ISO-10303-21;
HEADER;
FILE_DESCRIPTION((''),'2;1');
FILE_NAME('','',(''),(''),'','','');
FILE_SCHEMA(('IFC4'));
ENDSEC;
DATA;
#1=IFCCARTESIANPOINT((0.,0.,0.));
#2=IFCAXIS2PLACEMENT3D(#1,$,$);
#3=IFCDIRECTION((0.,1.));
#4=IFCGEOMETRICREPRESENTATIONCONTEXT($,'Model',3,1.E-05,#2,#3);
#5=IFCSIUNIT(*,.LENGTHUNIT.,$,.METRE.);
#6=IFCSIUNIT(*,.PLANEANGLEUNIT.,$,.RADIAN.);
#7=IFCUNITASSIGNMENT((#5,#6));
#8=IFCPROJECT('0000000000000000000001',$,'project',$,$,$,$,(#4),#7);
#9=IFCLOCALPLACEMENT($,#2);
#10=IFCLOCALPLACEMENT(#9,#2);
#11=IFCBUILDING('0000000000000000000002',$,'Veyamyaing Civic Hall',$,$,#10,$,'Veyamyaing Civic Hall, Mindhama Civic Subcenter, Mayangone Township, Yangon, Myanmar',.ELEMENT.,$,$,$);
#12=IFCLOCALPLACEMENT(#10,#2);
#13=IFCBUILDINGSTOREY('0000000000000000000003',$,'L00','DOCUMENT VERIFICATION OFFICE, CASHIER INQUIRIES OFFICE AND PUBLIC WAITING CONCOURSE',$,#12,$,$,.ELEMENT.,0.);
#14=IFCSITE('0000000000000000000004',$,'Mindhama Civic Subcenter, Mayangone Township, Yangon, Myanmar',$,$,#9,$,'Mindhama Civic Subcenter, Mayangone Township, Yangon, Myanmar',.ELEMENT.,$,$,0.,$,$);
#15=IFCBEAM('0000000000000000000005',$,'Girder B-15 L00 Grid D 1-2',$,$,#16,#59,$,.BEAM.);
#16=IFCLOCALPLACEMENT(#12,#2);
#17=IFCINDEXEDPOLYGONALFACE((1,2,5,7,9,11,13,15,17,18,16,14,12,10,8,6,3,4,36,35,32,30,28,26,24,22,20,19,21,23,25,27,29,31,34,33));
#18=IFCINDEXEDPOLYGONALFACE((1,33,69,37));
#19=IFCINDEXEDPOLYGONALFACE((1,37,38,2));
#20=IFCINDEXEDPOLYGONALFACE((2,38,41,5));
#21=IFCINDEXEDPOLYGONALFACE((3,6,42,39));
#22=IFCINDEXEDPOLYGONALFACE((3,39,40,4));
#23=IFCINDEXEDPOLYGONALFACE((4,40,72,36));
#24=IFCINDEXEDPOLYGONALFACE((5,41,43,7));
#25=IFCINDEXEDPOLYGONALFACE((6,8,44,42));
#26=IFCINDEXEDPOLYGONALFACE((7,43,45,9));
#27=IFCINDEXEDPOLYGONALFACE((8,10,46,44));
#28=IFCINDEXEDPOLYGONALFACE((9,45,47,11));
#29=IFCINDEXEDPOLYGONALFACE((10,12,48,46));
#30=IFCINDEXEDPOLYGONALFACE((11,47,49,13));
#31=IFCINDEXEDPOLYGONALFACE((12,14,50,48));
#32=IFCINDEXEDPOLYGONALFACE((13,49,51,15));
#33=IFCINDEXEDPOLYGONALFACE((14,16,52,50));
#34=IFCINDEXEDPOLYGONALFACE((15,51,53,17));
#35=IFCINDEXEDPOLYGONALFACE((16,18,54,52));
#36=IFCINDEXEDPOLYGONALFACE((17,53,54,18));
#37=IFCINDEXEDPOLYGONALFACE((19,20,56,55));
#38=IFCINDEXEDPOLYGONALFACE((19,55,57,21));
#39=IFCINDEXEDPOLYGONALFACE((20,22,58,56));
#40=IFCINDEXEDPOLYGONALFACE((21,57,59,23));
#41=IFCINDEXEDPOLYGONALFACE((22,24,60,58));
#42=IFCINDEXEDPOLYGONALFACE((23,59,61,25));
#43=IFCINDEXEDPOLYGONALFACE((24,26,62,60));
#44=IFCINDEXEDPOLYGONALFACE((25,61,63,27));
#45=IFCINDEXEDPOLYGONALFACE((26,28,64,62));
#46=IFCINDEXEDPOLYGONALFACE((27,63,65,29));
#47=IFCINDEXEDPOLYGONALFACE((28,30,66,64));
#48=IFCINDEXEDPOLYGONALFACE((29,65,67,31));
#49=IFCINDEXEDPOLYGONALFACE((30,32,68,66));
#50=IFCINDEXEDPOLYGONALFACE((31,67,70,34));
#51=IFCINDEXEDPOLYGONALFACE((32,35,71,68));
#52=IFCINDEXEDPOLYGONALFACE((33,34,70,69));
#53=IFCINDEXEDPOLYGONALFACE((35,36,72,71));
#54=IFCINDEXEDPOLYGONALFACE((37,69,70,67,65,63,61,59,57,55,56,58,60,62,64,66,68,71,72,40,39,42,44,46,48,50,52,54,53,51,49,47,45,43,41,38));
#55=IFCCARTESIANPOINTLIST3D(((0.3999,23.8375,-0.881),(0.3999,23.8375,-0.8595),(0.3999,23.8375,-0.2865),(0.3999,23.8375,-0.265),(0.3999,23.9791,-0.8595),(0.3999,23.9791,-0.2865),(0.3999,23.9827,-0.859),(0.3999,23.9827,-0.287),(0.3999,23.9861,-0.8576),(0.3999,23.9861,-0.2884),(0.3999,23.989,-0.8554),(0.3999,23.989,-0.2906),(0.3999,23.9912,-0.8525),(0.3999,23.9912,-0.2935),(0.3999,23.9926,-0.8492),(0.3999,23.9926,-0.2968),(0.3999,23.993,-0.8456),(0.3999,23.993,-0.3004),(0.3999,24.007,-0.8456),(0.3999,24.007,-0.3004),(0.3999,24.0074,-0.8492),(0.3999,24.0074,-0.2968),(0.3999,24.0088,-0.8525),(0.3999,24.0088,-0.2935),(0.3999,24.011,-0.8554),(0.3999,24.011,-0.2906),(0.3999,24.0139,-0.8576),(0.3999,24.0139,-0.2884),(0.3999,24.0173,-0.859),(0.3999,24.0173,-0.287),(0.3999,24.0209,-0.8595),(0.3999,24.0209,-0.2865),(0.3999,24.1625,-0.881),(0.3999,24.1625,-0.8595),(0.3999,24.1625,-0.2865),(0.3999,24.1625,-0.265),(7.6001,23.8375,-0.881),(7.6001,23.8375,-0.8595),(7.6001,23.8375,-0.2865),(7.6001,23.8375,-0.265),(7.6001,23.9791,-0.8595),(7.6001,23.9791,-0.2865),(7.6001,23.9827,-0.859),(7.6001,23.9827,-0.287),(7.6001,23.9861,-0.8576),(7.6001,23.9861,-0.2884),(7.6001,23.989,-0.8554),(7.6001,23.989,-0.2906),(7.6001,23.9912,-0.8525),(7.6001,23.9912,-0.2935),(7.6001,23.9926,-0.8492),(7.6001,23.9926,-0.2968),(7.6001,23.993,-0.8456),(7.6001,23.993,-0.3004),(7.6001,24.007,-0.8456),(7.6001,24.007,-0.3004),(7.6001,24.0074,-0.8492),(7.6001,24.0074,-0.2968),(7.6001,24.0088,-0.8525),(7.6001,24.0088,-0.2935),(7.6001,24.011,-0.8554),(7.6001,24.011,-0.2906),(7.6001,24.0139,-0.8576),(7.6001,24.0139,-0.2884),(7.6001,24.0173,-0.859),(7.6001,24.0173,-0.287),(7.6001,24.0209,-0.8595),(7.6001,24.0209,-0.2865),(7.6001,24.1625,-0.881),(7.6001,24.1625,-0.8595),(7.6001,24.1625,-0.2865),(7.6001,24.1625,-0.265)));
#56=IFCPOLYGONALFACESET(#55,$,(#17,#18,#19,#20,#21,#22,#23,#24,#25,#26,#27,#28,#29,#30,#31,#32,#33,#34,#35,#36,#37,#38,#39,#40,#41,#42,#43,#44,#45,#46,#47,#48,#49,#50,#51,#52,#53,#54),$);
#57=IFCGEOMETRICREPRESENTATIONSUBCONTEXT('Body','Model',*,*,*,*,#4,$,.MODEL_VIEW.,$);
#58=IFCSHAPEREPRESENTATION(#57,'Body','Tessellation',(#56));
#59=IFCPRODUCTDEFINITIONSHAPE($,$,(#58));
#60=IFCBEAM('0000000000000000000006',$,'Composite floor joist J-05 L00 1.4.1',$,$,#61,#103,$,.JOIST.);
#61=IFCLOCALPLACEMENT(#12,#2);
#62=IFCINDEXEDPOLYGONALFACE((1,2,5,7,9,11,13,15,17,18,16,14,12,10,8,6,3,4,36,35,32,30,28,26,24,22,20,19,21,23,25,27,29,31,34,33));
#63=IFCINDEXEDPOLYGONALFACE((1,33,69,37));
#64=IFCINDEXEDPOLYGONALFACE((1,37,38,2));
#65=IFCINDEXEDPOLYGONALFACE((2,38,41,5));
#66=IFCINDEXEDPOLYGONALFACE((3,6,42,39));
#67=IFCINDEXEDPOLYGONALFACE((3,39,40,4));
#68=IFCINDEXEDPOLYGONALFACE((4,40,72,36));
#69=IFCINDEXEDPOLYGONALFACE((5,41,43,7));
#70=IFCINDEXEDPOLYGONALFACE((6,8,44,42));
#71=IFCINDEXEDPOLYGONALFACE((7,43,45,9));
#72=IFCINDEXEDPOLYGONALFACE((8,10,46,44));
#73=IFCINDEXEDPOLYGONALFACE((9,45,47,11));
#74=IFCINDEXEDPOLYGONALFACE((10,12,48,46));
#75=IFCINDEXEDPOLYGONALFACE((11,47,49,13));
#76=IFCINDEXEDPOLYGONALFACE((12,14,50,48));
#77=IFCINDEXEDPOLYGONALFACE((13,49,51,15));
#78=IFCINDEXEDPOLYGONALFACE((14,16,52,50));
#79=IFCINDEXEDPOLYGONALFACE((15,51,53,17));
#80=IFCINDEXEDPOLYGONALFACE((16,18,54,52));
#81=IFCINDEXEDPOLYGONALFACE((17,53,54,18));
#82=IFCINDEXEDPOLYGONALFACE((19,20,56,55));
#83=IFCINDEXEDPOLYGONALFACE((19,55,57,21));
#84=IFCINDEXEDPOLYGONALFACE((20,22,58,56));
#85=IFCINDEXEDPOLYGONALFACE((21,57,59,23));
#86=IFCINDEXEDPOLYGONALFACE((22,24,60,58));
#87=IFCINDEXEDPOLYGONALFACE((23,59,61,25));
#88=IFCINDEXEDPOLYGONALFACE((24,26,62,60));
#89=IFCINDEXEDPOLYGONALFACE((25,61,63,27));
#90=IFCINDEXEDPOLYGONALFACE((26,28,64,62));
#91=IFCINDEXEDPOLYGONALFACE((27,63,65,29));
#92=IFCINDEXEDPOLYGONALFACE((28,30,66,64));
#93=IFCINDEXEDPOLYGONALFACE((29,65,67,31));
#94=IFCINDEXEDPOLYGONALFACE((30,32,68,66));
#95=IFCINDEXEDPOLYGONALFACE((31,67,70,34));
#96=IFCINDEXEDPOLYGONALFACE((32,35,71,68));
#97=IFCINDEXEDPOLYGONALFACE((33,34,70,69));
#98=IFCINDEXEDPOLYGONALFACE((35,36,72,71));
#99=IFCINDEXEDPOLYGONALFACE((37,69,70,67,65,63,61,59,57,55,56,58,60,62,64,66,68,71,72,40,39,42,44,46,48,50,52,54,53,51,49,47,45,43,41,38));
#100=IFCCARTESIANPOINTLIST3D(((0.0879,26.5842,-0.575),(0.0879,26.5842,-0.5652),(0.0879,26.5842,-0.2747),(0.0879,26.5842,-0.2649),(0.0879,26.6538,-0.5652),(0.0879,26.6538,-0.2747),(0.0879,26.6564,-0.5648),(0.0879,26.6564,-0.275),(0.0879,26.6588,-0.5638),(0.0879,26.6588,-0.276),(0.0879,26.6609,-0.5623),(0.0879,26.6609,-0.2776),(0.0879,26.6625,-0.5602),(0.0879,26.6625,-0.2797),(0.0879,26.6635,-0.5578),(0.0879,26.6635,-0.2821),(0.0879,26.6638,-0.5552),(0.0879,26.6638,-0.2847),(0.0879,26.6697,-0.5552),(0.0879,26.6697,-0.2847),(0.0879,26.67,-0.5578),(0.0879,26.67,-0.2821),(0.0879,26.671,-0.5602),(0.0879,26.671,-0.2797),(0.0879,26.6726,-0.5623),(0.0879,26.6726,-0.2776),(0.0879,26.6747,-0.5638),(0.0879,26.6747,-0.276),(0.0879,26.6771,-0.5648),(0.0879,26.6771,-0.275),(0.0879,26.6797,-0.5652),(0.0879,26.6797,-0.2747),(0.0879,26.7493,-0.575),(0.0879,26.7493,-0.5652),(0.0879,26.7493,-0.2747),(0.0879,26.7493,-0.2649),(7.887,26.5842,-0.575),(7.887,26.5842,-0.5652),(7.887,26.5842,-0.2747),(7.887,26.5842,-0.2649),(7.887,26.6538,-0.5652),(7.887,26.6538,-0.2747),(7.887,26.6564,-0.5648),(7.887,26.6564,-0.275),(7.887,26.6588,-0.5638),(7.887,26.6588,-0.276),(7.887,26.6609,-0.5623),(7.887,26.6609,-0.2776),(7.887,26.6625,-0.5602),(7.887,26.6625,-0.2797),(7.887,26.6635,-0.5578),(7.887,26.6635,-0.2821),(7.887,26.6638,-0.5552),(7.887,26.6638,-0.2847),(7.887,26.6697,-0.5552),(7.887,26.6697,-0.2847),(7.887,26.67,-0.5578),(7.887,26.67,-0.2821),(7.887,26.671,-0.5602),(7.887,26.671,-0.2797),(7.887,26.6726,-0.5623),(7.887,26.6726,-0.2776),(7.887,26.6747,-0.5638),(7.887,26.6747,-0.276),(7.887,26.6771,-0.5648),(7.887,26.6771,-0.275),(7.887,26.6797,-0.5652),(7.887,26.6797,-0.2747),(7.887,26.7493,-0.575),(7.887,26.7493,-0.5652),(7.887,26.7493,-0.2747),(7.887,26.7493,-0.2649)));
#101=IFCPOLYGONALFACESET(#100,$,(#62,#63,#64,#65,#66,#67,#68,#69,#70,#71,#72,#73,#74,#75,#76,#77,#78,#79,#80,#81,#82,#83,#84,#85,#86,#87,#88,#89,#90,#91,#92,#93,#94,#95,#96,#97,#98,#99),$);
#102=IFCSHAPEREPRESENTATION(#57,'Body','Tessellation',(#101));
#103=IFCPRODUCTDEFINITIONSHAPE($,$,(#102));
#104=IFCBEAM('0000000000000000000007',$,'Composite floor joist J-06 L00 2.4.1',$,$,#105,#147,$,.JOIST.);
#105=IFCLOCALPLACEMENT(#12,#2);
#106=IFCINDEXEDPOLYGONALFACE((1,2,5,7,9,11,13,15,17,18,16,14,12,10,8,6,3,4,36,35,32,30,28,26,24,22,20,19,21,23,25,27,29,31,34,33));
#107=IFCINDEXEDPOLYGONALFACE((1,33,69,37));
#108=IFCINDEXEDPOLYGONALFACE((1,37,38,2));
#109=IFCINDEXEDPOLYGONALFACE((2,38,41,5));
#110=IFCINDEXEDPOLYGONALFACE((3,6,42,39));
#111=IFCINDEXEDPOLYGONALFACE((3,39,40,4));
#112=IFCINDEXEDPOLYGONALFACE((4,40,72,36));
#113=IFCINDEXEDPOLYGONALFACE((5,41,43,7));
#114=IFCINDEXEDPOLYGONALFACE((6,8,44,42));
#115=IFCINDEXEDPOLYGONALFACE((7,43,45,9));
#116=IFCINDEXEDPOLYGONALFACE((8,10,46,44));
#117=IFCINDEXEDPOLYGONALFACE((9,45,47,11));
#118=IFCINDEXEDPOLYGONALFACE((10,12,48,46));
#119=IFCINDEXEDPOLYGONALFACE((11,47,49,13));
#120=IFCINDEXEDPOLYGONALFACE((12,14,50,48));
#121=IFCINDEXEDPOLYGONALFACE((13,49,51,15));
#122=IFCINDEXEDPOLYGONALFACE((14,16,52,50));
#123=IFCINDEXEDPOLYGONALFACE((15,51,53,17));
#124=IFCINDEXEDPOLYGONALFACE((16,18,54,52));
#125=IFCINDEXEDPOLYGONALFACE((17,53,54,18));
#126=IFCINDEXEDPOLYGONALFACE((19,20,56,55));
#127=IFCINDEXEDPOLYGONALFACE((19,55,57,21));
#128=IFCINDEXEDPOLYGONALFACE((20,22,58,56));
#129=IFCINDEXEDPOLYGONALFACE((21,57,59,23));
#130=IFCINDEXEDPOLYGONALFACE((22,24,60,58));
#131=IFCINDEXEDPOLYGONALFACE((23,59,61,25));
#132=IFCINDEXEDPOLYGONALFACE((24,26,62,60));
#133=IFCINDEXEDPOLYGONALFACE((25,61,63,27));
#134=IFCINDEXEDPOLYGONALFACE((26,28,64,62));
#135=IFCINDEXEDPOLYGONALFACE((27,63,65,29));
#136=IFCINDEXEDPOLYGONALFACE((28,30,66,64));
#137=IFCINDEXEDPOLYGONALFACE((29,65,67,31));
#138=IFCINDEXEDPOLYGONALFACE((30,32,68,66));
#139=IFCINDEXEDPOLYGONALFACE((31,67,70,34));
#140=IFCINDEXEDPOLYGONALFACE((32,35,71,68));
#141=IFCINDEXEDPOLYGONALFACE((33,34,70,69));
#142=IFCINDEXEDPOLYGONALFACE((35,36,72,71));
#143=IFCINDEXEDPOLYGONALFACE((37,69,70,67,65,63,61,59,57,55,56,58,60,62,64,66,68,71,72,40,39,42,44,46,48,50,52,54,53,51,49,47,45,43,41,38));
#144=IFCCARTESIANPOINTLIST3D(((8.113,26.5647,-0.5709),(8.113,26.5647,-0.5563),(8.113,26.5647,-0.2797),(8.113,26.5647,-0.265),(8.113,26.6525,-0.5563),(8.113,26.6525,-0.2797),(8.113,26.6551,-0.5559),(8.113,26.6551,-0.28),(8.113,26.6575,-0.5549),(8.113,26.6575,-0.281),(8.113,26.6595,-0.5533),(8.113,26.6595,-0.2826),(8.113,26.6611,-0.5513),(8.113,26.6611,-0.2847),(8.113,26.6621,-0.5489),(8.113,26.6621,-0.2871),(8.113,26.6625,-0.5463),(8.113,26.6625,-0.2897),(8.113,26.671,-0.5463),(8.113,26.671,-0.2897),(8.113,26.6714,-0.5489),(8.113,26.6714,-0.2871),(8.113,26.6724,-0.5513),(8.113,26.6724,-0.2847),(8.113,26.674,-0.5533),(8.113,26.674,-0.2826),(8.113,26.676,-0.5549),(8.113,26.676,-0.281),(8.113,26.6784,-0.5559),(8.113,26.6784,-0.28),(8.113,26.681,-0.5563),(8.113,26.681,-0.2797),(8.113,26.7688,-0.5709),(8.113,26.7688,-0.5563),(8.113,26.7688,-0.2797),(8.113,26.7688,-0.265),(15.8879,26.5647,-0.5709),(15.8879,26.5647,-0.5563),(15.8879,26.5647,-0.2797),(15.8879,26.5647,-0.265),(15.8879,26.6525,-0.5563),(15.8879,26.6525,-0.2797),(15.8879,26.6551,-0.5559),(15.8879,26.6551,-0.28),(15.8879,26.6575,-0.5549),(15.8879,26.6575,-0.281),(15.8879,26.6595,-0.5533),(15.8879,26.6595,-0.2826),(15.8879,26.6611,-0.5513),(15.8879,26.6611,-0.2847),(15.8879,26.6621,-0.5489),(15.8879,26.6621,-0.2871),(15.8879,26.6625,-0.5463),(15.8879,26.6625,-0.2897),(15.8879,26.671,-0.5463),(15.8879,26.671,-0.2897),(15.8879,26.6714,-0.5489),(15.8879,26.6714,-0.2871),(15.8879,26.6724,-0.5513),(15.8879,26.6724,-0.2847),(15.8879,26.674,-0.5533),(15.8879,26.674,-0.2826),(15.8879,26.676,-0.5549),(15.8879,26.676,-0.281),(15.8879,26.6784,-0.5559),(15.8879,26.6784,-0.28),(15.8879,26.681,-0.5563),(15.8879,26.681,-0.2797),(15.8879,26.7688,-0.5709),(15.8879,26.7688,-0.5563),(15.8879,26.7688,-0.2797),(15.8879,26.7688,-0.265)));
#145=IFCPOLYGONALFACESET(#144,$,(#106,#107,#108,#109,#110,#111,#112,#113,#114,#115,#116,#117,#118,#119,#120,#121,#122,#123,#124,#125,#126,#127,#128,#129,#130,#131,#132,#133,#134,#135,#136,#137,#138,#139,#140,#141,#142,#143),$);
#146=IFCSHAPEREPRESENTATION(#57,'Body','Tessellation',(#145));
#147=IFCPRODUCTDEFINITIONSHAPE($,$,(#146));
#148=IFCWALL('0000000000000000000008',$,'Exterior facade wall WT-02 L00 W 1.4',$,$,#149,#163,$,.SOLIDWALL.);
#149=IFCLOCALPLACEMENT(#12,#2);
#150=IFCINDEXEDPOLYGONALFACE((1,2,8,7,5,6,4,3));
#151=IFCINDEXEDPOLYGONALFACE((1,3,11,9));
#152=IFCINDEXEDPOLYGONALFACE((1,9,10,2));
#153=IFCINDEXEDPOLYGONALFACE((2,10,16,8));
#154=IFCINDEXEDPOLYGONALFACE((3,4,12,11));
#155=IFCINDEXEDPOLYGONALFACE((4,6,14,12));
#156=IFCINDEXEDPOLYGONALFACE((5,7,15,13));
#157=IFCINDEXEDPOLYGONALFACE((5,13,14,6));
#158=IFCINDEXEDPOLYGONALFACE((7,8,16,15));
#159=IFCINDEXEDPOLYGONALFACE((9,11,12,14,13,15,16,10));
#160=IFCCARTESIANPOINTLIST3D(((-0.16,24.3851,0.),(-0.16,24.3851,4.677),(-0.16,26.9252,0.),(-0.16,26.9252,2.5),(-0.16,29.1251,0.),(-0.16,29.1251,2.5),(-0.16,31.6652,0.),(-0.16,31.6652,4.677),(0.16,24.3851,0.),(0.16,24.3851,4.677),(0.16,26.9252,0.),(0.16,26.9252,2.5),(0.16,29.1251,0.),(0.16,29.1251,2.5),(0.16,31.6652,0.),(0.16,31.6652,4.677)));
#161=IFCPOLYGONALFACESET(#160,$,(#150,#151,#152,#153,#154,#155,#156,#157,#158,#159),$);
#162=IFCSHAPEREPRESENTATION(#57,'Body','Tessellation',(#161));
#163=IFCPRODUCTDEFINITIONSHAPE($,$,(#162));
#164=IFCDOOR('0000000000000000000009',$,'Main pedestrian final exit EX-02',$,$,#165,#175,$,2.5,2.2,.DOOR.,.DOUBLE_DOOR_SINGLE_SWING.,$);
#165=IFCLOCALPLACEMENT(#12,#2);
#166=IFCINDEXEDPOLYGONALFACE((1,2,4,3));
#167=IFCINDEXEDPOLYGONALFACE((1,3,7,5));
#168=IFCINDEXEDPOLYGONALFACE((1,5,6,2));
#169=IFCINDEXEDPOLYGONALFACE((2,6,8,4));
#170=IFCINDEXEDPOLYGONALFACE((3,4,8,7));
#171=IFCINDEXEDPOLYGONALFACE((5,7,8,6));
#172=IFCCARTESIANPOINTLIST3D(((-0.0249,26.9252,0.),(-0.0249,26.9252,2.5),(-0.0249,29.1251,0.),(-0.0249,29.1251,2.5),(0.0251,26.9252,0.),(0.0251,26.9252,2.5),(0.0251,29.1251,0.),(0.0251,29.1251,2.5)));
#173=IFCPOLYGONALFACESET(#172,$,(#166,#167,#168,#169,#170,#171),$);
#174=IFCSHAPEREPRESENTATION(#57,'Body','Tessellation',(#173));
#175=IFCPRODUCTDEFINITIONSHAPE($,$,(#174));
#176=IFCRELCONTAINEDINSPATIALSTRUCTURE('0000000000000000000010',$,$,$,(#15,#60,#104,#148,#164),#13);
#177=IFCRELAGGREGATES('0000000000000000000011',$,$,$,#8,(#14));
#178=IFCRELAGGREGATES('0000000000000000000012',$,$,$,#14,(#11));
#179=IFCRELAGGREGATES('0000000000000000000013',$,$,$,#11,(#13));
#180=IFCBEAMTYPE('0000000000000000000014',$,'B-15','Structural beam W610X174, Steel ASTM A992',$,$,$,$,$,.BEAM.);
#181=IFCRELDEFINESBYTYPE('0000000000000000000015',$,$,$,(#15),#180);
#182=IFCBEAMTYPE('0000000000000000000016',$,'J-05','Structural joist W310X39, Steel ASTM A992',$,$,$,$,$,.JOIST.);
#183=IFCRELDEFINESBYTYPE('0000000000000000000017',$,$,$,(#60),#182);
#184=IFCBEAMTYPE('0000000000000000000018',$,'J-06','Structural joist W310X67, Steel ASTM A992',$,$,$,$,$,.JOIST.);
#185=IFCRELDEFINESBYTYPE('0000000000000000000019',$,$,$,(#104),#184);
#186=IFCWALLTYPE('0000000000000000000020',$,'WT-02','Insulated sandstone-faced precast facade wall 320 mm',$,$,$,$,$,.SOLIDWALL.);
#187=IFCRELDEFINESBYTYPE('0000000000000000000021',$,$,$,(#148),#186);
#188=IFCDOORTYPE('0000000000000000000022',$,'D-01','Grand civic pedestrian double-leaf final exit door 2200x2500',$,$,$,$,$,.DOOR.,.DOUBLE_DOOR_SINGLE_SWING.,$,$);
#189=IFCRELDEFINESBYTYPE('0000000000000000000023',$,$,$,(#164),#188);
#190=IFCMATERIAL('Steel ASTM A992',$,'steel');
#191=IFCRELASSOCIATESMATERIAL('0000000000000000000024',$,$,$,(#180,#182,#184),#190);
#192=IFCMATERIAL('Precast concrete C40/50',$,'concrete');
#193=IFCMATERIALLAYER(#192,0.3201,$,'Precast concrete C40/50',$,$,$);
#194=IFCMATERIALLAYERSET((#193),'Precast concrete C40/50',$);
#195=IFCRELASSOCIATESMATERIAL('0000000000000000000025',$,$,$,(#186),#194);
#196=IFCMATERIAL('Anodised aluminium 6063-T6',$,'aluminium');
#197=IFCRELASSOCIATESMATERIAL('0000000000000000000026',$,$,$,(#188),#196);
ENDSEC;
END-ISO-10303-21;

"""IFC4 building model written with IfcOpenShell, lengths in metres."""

from ifc_helpers import new_model, si_unit, direction, frame, frame_2d, origin, origin_2d, place, context, subcontext, project, spatial, rectangle, i_section, extrude, material, layer, layer_set, material_profile, profile_set, type_object, element, fill, save


model = new_model("IFC4")

# Units and contexts
model_context = context("Model", 3, precision=1e-05, world=origin(), true_north=direction((0.0, 1.0)))
body_context = subcontext(model_context, "Body", "Model", "MODEL_VIEW")
ifc_project = project(units=[si_unit("LENGTHUNIT", "METRE"), si_unit("PLANEANGLEUNIT", "RADIAN")], contexts=[model_context])

# Site, building, storey
site_placement = place(None, origin())
site = spatial("IfcSite", under=ifc_project, at=site_placement, Name="Mindhama Civic Subcenter, Mayangone Township, Yangon, Myanmar", LongName="Mindhama Civic Subcenter, Mayangone Township, Yangon, Myanmar", CompositionType="ELEMENT", RefElevation=0.0)
building_placement = place(site_placement, origin())
building = spatial("IfcBuilding", under=site, at=building_placement, Name="Veyamyaing Civic Hall", LongName="Veyamyaing Civic Hall, Mindhama Civic Subcenter, Mayangone Township, Yangon, Myanmar", CompositionType="ELEMENT")
storey_placement = place(building_placement, origin())
storey = spatial("IfcBuildingStorey", under=building, at=storey_placement, Name="L00", Description="DOCUMENT VERIFICATION OFFICE, CASHIER INQUIRIES OFFICE AND PUBLIC WAITING CONCOURSE", CompositionType="ELEMENT", Elevation=0.0)

# Beams
ifc_material_1 = material(Name="Steel ASTM A992", Category="steel")
ifc_material_profile_1 = material_profile(ifc_material_1, i_section(OverallWidth=0.325, OverallDepth=0.616, WebThickness=0.0139, FlangeThickness=0.0215, FilletRadius=0.0139, at=origin_2d()), Name="W610X174")
ifc_profile_set_1 = profile_set([ifc_material_profile_1], Name="Steel ASTM A992")
beam_type_1 = type_object("IfcBeamType", Name="B-15", Description="Structural beam W610X174, Steel ASTM A992", PredefinedType="BEAM", material=ifc_profile_set_1)
beam_1_placement = place(storey_placement, frame((0.3999, 24.0, -0.573), z_axis=(1.0, 0.0, 0.0), x_axis=(0.0, 1.0, 0.0)))
element("IfcBeam", 1, at=beam_1_placement, inside=storey, type_object=beam_type_1, Name="Girder B-15 L00 Grid D 1-2", PredefinedType="BEAM", context=body_context, shape_type="SweptSolid", body=[
    extrude(i_section(OverallWidth=0.325, OverallDepth=0.616, WebThickness=0.0139, FlangeThickness=0.0215, FilletRadius=0.0139, at=origin_2d()), origin(), (0.0, 0.0, 1.0), 7.2002),
])
ifc_material_profile_2 = material_profile(ifc_material_1, i_section(OverallWidth=0.165, OverallDepth=0.3101, WebThickness=0.0059, FlangeThickness=0.0098, FilletRadius=0.01, at=origin_2d()), Name="W310X39")
ifc_profile_set_2 = profile_set([ifc_material_profile_2], Name="Steel ASTM A992")
beam_type_2 = type_object("IfcBeamType", Name="J-05", Description="Structural joist W310X39, Steel ASTM A992", PredefinedType="JOIST", material=ifc_profile_set_2)
beam_2_placement = place(storey_placement, frame((0.0879, 26.6667, -0.4199), z_axis=(1.0, 0.0, 0.0), x_axis=(0.0, 1.0, 0.0)))
element("IfcBeam", 2, at=beam_2_placement, inside=storey, type_object=beam_type_2, Name="Composite floor joist J-05 L00 1.4.1", PredefinedType="JOIST", context=body_context, shape_type="SweptSolid", body=[
    extrude(i_section(OverallWidth=0.165, OverallDepth=0.3101, WebThickness=0.0059, FlangeThickness=0.0098, FilletRadius=0.01, at=origin_2d()), origin(), (0.0, 0.0, 1.0), 7.7991),
])
ifc_material_profile_3 = material_profile(ifc_material_1, i_section(OverallWidth=0.2041, OverallDepth=0.3059, WebThickness=0.0085, FlangeThickness=0.0146, FilletRadius=0.01, at=origin_2d()), Name="W310X67")
ifc_profile_set_3 = profile_set([ifc_material_profile_3], Name="Steel ASTM A992")
beam_type_3 = type_object("IfcBeamType", Name="J-06", Description="Structural joist W310X67, Steel ASTM A992", PredefinedType="JOIST", material=ifc_profile_set_3)
beam_3_placement = place(storey_placement, frame((8.113, 26.6667, -0.418), z_axis=(1.0, 0.0, 0.0), x_axis=(0.0, 1.0, 0.0)))
element("IfcBeam", 3, at=beam_3_placement, inside=storey, type_object=beam_type_3, Name="Composite floor joist J-06 L00 2.4.1", PredefinedType="JOIST", context=body_context, shape_type="SweptSolid", body=[
    extrude(i_section(OverallWidth=0.2041, OverallDepth=0.3059, WebThickness=0.0085, FlangeThickness=0.0146, FilletRadius=0.01, at=origin_2d()), origin(), (0.0, 0.0, 1.0), 7.7749),
])

# Wall, opening, door
ifc_material_2 = material(Name="Precast concrete C40/50", Category="concrete")
ifc_layer_1 = layer(ifc_material_2, 0.3201, Name="Precast concrete C40/50")
ifc_layer_set_1 = layer_set([ifc_layer_1], Name="Precast concrete C40/50")
wall_type_1 = type_object("IfcWallType", Name="WT-02", Description="Insulated sandstone-faced precast facade wall 320 mm", PredefinedType="SOLIDWALL", material=ifc_layer_set_1)
wall_1_placement = place(storey_placement, frame((0.0, 24.385, 0.0), z_axis=(0.0, 0.0, 1.0), x_axis=(0.0, 1.0, 0.0)))
wall_1 = element("IfcWall", 4, at=wall_1_placement, inside=storey, type_object=wall_type_1, Name="Exterior facade wall WT-02 L00 W 1.4", PredefinedType="SOLIDWALL", context=body_context, shape_type="SweptSolid", body=[
    extrude(rectangle(XDim=7.28, YDim=0.3201, at=frame_2d((3.6401, 0.0))), origin(), (0.0, 0.0, 1.0), 4.677),
])
opening_1_placement = place(wall_1_placement, frame((2.54, 0.0, 0.0)))
opening_1 = element("IfcOpeningElement", 5, at=opening_1_placement, cuts=wall_1, PredefinedType="OPENING", context=body_context, shape_type="SweptSolid", body=[
    extrude(rectangle(XDim=2.2, YDim=2.5, at=frame_2d((1.1001, 1.25))), frame((0.0, 0.1699, 0.0), z_axis=(0.0, -1.0, 0.0), x_axis=(1.0, 0.0, 0.0)), (0.0, 0.0, 1.0), 0.3401),
])
ifc_material_3 = material(Name="Anodised aluminium 6063-T6", Category="aluminium")
door_type_1 = type_object("IfcDoorType", Name="D-01", Description="Grand civic pedestrian double-leaf final exit door 2200x2500", OperationType="DOUBLE_DOOR_SINGLE_SWING", PredefinedType="DOOR", material=ifc_material_3)
door_1_placement = place(opening_1_placement, origin())
door_1 = element("IfcDoor", 6, at=door_1_placement, inside=storey, type_object=door_type_1, Name="Main pedestrian final exit EX-02", OperationType="DOUBLE_DOOR_SINGLE_SWING", OverallHeight=2.5, OverallWidth=2.2, PredefinedType="DOOR", context=body_context, shape_type="SweptSolid", body=[
    extrude(rectangle(XDim=2.2, YDim=2.5, at=frame_2d((1.1001, 1.25))), frame((0.0, 0.0249, 0.0), z_axis=(0.0, -1.0, 0.0), x_axis=(1.0, 0.0, 0.0)), (0.0, 0.0, 1.0), 0.05),
])
fill(opening_1, door_1)

save(model, "model.ifc")
